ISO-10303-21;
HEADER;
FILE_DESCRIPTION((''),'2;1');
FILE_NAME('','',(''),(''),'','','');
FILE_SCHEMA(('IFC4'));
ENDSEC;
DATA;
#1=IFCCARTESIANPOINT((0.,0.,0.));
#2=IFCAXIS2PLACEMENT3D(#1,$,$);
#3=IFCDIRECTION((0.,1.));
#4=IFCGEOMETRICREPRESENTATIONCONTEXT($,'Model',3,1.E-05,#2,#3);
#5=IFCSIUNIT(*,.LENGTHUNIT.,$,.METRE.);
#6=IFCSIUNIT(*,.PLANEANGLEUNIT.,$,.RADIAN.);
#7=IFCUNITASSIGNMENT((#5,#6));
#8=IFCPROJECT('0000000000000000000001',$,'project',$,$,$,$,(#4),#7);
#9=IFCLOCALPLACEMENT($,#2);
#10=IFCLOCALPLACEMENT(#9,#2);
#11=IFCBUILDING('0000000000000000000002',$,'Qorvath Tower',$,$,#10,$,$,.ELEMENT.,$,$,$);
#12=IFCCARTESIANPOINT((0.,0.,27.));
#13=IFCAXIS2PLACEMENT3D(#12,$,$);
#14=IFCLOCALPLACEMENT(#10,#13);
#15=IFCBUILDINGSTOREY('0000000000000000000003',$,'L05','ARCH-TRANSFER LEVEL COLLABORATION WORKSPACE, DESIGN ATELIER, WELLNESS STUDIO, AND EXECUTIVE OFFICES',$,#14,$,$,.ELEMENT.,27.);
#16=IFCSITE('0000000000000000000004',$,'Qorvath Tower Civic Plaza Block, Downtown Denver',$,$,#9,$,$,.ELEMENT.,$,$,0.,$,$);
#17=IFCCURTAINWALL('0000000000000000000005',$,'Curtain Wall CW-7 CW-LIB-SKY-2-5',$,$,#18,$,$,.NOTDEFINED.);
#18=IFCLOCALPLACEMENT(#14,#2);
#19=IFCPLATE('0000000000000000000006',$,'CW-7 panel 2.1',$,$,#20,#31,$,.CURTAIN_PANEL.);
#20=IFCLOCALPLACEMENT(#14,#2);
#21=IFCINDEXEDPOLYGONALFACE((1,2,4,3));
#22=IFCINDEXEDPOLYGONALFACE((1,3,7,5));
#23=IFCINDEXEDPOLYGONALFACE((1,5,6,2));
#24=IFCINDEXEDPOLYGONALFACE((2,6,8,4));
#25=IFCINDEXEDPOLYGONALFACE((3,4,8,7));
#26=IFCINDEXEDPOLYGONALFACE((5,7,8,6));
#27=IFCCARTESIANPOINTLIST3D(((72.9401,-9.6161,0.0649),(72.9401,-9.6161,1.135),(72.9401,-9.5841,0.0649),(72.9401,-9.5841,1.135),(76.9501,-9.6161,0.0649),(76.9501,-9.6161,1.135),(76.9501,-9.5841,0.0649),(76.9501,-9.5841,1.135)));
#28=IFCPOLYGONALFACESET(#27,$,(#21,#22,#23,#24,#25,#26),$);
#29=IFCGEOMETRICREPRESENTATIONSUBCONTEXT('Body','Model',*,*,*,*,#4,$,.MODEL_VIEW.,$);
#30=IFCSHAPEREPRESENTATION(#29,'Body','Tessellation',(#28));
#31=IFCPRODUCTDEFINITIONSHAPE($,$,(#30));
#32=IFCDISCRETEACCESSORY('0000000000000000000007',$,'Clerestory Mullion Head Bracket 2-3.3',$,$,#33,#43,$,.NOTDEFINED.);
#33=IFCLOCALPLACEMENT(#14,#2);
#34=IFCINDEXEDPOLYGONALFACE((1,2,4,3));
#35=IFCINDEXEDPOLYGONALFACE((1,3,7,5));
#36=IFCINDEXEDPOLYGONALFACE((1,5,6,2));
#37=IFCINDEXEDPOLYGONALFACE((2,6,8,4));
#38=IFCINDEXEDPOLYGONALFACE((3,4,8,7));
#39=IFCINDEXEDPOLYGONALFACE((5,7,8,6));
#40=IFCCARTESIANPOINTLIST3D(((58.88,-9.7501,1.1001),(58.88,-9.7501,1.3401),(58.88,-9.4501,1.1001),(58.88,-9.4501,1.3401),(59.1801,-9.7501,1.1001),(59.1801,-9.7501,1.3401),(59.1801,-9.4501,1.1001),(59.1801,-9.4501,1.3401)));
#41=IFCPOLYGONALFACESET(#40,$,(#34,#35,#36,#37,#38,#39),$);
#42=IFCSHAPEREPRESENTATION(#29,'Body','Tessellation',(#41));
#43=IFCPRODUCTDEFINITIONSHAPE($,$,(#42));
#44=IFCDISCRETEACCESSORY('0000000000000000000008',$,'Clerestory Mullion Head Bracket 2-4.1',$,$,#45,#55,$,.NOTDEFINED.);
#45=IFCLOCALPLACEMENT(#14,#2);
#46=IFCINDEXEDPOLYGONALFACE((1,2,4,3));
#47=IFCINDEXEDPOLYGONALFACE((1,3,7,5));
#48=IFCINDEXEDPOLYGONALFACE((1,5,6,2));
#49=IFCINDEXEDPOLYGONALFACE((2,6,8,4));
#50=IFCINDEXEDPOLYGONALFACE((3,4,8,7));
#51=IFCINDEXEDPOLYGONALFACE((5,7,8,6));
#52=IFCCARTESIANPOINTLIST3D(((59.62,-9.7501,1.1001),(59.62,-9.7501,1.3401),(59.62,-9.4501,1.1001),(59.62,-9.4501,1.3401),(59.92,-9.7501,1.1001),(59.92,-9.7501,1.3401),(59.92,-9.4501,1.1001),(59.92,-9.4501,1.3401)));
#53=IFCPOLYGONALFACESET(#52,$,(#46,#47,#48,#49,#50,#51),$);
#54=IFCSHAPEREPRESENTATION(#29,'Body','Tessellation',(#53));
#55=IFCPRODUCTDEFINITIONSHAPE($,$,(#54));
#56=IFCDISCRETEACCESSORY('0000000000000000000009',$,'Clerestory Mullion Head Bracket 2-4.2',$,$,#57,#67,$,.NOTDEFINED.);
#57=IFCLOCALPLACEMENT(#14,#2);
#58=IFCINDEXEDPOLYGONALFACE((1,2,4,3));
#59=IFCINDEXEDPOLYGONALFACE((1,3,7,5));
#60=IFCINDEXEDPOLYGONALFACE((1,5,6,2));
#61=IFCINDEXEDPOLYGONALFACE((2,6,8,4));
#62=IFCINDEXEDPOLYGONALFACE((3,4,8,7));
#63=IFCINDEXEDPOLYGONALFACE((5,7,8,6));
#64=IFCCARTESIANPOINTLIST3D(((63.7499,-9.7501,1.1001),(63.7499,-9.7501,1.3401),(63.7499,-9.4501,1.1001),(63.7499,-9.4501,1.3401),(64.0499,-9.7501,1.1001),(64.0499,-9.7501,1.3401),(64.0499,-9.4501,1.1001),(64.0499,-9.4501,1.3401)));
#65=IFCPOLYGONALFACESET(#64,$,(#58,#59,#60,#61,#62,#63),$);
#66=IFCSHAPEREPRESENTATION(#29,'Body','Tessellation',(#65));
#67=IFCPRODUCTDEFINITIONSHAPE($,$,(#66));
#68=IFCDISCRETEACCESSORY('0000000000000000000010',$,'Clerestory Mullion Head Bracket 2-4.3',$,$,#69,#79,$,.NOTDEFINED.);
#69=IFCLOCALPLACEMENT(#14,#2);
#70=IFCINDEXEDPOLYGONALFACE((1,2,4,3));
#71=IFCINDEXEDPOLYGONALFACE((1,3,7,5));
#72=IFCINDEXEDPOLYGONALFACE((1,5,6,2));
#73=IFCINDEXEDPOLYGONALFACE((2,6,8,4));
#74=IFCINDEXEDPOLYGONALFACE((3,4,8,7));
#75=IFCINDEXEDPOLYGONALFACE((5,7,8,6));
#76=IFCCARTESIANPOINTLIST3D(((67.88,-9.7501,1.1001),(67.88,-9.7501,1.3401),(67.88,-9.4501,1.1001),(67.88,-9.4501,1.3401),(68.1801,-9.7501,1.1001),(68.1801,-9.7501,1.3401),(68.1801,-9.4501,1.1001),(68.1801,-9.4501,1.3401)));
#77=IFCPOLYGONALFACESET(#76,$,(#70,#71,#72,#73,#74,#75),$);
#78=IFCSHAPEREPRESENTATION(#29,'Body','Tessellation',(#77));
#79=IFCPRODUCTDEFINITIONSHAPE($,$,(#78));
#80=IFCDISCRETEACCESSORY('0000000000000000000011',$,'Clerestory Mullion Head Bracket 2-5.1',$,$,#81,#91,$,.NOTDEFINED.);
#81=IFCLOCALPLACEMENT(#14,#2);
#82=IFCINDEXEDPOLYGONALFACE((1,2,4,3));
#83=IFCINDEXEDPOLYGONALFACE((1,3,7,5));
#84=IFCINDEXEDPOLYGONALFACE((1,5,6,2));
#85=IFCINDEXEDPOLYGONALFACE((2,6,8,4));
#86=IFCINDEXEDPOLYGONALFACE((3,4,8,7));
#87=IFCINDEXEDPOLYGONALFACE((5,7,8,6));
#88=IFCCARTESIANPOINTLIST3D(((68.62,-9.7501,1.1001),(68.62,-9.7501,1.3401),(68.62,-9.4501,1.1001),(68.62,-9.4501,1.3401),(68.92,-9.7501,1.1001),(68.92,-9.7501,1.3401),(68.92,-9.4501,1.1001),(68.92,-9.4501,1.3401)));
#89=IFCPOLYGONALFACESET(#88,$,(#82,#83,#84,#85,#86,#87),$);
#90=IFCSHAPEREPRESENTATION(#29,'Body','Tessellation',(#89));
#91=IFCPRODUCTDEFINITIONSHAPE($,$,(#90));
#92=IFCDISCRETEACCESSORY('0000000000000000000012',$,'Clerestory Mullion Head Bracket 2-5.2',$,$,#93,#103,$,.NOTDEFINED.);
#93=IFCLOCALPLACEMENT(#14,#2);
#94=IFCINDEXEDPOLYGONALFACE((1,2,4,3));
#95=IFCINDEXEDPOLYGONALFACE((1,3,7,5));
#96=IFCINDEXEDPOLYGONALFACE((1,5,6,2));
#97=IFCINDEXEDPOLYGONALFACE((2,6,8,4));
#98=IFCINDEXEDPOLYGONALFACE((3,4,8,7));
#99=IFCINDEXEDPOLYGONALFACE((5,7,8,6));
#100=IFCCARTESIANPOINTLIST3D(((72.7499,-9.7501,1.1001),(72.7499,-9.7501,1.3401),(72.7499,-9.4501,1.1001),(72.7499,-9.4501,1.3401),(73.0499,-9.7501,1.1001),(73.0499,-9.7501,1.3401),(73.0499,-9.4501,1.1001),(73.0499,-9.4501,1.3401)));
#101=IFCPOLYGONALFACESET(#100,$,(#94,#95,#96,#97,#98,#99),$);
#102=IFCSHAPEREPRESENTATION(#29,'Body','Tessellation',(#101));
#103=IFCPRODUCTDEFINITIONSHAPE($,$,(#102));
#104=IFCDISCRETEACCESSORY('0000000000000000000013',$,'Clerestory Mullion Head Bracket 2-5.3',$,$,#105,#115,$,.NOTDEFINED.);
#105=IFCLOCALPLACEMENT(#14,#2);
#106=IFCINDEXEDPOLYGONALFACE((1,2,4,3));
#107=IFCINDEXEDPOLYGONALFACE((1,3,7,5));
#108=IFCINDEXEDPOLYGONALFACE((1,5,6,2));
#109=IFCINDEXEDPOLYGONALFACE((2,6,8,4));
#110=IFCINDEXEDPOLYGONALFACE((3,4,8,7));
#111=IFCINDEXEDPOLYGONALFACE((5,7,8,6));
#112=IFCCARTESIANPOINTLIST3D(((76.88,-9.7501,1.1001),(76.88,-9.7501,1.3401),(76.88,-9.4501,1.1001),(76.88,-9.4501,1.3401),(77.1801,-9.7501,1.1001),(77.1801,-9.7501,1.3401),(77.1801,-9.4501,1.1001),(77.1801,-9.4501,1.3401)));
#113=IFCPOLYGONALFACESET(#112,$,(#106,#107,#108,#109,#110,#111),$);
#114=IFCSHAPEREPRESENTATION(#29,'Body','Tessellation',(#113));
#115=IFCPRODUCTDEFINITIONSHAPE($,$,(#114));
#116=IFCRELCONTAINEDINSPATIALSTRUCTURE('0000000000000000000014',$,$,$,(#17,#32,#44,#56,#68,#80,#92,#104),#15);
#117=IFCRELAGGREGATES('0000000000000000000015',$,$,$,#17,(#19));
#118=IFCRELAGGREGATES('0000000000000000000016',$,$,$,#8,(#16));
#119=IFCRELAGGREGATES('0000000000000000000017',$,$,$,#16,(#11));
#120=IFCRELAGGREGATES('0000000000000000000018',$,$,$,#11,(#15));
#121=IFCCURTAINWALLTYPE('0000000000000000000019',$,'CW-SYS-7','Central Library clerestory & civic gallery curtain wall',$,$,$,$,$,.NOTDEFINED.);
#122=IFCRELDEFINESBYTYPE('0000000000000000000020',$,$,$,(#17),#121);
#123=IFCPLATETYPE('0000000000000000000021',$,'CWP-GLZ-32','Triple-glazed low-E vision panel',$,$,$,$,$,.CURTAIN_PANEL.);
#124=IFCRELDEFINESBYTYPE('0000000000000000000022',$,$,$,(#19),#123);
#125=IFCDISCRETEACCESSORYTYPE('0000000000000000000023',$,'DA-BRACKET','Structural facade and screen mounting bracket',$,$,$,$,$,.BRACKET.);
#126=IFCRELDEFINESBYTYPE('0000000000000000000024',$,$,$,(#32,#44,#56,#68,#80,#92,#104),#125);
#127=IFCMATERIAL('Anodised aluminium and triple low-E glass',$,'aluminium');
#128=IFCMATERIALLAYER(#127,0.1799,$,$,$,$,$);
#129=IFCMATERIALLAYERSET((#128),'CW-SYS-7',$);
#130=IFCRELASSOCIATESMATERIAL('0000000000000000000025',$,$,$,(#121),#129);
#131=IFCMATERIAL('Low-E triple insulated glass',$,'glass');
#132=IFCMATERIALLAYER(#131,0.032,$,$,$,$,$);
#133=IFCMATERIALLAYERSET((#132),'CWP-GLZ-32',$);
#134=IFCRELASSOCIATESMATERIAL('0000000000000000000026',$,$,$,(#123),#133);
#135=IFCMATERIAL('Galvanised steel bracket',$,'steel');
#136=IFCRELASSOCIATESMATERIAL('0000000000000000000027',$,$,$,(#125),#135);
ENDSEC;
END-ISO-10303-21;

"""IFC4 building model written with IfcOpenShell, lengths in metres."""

from ifc_helpers import new_model, si_unit, direction, frame, origin, origin_2d, place, context, subcontext, project, spatial, rectangle, extrude, material, layer, layer_set, type_object, element, aggregate, save


model = new_model("IFC4")

# Units and contexts
model_context = context("Model", 3, precision=1e-05, world=origin(), true_north=direction((0.0, 1.0)))
body_context = subcontext(model_context, "Body", "Model", "MODEL_VIEW")
ifc_project = project(units=[si_unit("LENGTHUNIT", "METRE"), si_unit("PLANEANGLEUNIT", "RADIAN")], contexts=[model_context])

# Site, building, storey
site_placement = place(None, origin())
site = spatial("IfcSite", under=ifc_project, at=site_placement, Name="Qorvath Tower Civic Plaza Block, Downtown Denver", CompositionType="ELEMENT", RefElevation=0.0)
building_placement = place(site_placement, origin())
building = spatial("IfcBuilding", under=site, at=building_placement, Name="Qorvath Tower", CompositionType="ELEMENT")
storey_placement = place(building_placement, frame((0.0, 0.0, 27.0)))
storey = spatial("IfcBuildingStorey", under=building, at=storey_placement, Name="L05", Description="ARCH-TRANSFER LEVEL COLLABORATION WORKSPACE, DESIGN ATELIER, WELLNESS STUDIO, AND EXECUTIVE OFFICES", CompositionType="ELEMENT", Elevation=27.0)

# Shared definitions
ifc_material_1 = material(Name="Anodised aluminium and triple low-E glass", Category="aluminium")
ifc_layer_1 = layer(ifc_material_1, 0.1799)
ifc_layer_set_1 = layer_set([ifc_layer_1], Name="CW-SYS-7")
curtain_wall_type = type_object("IfcCurtainWallType", Name="CW-SYS-7", Description="Central Library clerestory & civic gallery curtain wall", PredefinedType="NOTDEFINED", material=ifc_layer_set_1)

# Curtain wall
curtain_wall_1_placement = place(storey_placement, origin())
curtain_wall_1 = element("IfcCurtainWall", 1, at=curtain_wall_1_placement, inside=storey, type_object=curtain_wall_type, Name="Curtain Wall CW-7 CW-LIB-SKY-2-5", PredefinedType="NOTDEFINED")

# Plate
ifc_material_2 = material(Name="Low-E triple insulated glass", Category="glass")
ifc_layer_2 = layer(ifc_material_2, 0.032)
ifc_layer_set_2 = layer_set([ifc_layer_2], Name="CWP-GLZ-32")
plate_type = type_object("IfcPlateType", Name="CWP-GLZ-32", Description="Triple-glazed low-E vision panel", PredefinedType="CURTAIN_PANEL", material=ifc_layer_set_2)
plate_1_placement = place(storey_placement, frame((74.9451, -9.6001, 0.0649), z_axis=(0.0, 0.0, 1.0), x_axis=(1.0, 0.0, 0.0)))
plate_1 = element("IfcPlate", 2, at=plate_1_placement, type_object=plate_type, Name="CW-7 panel 2.1", PredefinedType="CURTAIN_PANEL", context=body_context, shape_type="SweptSolid", body=[
    extrude(rectangle(XDim=4.01, YDim=0.032, at=origin_2d()), origin(), (0.0, 0.0, 1.0), 1.0701),
])
aggregate(curtain_wall_1, [plate_1])

# Discrete accessories
ifc_material_3 = material(Name="Galvanised steel bracket", Category="steel")
discrete_accessory_type = type_object("IfcDiscreteAccessoryType", Name="DA-BRACKET", Description="Structural facade and screen mounting bracket", PredefinedType="BRACKET", material=ifc_material_3)
for number, where, z_axis, x_axis, name in (
    (3, (59.03, -9.6001, 1.1001), (0.0, 0.0, 1.0), (1.0, 0.0, 0.0), "Clerestory Mullion Head Bracket 2-3.3"),
    (4, (59.77, -9.6001, 1.1001), (0.0, 0.0, 1.0), (1.0, 0.0, 0.0), "Clerestory Mullion Head Bracket 2-4.1"),
    (5, (63.8999, -9.6001, 1.1001), (0.0, 0.0, 1.0), (1.0, 0.0, 0.0), "Clerestory Mullion Head Bracket 2-4.2"),
    (6, (68.03, -9.6001, 1.1001), (0.0, 0.0, 1.0), (1.0, 0.0, 0.0), "Clerestory Mullion Head Bracket 2-4.3"),
    (7, (68.77, -9.6001, 1.1001), (0.0, 0.0, 1.0), (1.0, 0.0, 0.0), "Clerestory Mullion Head Bracket 2-5.1"),
    (8, (72.8999, -9.6001, 1.1001), (0.0, 0.0, 1.0), (1.0, 0.0, 0.0), "Clerestory Mullion Head Bracket 2-5.2"),
    (9, (77.03, -9.6001, 1.1001), (0.0, 0.0, 1.0), (1.0, 0.0, 0.0), "Clerestory Mullion Head Bracket 2-5.3"),
):
    element("IfcDiscreteAccessory", number, at=place(storey_placement, frame(where, z_axis=z_axis, x_axis=x_axis)), inside=storey, type_object=discrete_accessory_type, Name=name, PredefinedType="NOTDEFINED", context=body_context, shape_type="SweptSolid", body=[
        extrude(rectangle(XDim=0.3, YDim=0.3, at=origin_2d()), origin(), (0.0, 0.0, 1.0), 0.24),
    ])

save(model, "model.ifc")
